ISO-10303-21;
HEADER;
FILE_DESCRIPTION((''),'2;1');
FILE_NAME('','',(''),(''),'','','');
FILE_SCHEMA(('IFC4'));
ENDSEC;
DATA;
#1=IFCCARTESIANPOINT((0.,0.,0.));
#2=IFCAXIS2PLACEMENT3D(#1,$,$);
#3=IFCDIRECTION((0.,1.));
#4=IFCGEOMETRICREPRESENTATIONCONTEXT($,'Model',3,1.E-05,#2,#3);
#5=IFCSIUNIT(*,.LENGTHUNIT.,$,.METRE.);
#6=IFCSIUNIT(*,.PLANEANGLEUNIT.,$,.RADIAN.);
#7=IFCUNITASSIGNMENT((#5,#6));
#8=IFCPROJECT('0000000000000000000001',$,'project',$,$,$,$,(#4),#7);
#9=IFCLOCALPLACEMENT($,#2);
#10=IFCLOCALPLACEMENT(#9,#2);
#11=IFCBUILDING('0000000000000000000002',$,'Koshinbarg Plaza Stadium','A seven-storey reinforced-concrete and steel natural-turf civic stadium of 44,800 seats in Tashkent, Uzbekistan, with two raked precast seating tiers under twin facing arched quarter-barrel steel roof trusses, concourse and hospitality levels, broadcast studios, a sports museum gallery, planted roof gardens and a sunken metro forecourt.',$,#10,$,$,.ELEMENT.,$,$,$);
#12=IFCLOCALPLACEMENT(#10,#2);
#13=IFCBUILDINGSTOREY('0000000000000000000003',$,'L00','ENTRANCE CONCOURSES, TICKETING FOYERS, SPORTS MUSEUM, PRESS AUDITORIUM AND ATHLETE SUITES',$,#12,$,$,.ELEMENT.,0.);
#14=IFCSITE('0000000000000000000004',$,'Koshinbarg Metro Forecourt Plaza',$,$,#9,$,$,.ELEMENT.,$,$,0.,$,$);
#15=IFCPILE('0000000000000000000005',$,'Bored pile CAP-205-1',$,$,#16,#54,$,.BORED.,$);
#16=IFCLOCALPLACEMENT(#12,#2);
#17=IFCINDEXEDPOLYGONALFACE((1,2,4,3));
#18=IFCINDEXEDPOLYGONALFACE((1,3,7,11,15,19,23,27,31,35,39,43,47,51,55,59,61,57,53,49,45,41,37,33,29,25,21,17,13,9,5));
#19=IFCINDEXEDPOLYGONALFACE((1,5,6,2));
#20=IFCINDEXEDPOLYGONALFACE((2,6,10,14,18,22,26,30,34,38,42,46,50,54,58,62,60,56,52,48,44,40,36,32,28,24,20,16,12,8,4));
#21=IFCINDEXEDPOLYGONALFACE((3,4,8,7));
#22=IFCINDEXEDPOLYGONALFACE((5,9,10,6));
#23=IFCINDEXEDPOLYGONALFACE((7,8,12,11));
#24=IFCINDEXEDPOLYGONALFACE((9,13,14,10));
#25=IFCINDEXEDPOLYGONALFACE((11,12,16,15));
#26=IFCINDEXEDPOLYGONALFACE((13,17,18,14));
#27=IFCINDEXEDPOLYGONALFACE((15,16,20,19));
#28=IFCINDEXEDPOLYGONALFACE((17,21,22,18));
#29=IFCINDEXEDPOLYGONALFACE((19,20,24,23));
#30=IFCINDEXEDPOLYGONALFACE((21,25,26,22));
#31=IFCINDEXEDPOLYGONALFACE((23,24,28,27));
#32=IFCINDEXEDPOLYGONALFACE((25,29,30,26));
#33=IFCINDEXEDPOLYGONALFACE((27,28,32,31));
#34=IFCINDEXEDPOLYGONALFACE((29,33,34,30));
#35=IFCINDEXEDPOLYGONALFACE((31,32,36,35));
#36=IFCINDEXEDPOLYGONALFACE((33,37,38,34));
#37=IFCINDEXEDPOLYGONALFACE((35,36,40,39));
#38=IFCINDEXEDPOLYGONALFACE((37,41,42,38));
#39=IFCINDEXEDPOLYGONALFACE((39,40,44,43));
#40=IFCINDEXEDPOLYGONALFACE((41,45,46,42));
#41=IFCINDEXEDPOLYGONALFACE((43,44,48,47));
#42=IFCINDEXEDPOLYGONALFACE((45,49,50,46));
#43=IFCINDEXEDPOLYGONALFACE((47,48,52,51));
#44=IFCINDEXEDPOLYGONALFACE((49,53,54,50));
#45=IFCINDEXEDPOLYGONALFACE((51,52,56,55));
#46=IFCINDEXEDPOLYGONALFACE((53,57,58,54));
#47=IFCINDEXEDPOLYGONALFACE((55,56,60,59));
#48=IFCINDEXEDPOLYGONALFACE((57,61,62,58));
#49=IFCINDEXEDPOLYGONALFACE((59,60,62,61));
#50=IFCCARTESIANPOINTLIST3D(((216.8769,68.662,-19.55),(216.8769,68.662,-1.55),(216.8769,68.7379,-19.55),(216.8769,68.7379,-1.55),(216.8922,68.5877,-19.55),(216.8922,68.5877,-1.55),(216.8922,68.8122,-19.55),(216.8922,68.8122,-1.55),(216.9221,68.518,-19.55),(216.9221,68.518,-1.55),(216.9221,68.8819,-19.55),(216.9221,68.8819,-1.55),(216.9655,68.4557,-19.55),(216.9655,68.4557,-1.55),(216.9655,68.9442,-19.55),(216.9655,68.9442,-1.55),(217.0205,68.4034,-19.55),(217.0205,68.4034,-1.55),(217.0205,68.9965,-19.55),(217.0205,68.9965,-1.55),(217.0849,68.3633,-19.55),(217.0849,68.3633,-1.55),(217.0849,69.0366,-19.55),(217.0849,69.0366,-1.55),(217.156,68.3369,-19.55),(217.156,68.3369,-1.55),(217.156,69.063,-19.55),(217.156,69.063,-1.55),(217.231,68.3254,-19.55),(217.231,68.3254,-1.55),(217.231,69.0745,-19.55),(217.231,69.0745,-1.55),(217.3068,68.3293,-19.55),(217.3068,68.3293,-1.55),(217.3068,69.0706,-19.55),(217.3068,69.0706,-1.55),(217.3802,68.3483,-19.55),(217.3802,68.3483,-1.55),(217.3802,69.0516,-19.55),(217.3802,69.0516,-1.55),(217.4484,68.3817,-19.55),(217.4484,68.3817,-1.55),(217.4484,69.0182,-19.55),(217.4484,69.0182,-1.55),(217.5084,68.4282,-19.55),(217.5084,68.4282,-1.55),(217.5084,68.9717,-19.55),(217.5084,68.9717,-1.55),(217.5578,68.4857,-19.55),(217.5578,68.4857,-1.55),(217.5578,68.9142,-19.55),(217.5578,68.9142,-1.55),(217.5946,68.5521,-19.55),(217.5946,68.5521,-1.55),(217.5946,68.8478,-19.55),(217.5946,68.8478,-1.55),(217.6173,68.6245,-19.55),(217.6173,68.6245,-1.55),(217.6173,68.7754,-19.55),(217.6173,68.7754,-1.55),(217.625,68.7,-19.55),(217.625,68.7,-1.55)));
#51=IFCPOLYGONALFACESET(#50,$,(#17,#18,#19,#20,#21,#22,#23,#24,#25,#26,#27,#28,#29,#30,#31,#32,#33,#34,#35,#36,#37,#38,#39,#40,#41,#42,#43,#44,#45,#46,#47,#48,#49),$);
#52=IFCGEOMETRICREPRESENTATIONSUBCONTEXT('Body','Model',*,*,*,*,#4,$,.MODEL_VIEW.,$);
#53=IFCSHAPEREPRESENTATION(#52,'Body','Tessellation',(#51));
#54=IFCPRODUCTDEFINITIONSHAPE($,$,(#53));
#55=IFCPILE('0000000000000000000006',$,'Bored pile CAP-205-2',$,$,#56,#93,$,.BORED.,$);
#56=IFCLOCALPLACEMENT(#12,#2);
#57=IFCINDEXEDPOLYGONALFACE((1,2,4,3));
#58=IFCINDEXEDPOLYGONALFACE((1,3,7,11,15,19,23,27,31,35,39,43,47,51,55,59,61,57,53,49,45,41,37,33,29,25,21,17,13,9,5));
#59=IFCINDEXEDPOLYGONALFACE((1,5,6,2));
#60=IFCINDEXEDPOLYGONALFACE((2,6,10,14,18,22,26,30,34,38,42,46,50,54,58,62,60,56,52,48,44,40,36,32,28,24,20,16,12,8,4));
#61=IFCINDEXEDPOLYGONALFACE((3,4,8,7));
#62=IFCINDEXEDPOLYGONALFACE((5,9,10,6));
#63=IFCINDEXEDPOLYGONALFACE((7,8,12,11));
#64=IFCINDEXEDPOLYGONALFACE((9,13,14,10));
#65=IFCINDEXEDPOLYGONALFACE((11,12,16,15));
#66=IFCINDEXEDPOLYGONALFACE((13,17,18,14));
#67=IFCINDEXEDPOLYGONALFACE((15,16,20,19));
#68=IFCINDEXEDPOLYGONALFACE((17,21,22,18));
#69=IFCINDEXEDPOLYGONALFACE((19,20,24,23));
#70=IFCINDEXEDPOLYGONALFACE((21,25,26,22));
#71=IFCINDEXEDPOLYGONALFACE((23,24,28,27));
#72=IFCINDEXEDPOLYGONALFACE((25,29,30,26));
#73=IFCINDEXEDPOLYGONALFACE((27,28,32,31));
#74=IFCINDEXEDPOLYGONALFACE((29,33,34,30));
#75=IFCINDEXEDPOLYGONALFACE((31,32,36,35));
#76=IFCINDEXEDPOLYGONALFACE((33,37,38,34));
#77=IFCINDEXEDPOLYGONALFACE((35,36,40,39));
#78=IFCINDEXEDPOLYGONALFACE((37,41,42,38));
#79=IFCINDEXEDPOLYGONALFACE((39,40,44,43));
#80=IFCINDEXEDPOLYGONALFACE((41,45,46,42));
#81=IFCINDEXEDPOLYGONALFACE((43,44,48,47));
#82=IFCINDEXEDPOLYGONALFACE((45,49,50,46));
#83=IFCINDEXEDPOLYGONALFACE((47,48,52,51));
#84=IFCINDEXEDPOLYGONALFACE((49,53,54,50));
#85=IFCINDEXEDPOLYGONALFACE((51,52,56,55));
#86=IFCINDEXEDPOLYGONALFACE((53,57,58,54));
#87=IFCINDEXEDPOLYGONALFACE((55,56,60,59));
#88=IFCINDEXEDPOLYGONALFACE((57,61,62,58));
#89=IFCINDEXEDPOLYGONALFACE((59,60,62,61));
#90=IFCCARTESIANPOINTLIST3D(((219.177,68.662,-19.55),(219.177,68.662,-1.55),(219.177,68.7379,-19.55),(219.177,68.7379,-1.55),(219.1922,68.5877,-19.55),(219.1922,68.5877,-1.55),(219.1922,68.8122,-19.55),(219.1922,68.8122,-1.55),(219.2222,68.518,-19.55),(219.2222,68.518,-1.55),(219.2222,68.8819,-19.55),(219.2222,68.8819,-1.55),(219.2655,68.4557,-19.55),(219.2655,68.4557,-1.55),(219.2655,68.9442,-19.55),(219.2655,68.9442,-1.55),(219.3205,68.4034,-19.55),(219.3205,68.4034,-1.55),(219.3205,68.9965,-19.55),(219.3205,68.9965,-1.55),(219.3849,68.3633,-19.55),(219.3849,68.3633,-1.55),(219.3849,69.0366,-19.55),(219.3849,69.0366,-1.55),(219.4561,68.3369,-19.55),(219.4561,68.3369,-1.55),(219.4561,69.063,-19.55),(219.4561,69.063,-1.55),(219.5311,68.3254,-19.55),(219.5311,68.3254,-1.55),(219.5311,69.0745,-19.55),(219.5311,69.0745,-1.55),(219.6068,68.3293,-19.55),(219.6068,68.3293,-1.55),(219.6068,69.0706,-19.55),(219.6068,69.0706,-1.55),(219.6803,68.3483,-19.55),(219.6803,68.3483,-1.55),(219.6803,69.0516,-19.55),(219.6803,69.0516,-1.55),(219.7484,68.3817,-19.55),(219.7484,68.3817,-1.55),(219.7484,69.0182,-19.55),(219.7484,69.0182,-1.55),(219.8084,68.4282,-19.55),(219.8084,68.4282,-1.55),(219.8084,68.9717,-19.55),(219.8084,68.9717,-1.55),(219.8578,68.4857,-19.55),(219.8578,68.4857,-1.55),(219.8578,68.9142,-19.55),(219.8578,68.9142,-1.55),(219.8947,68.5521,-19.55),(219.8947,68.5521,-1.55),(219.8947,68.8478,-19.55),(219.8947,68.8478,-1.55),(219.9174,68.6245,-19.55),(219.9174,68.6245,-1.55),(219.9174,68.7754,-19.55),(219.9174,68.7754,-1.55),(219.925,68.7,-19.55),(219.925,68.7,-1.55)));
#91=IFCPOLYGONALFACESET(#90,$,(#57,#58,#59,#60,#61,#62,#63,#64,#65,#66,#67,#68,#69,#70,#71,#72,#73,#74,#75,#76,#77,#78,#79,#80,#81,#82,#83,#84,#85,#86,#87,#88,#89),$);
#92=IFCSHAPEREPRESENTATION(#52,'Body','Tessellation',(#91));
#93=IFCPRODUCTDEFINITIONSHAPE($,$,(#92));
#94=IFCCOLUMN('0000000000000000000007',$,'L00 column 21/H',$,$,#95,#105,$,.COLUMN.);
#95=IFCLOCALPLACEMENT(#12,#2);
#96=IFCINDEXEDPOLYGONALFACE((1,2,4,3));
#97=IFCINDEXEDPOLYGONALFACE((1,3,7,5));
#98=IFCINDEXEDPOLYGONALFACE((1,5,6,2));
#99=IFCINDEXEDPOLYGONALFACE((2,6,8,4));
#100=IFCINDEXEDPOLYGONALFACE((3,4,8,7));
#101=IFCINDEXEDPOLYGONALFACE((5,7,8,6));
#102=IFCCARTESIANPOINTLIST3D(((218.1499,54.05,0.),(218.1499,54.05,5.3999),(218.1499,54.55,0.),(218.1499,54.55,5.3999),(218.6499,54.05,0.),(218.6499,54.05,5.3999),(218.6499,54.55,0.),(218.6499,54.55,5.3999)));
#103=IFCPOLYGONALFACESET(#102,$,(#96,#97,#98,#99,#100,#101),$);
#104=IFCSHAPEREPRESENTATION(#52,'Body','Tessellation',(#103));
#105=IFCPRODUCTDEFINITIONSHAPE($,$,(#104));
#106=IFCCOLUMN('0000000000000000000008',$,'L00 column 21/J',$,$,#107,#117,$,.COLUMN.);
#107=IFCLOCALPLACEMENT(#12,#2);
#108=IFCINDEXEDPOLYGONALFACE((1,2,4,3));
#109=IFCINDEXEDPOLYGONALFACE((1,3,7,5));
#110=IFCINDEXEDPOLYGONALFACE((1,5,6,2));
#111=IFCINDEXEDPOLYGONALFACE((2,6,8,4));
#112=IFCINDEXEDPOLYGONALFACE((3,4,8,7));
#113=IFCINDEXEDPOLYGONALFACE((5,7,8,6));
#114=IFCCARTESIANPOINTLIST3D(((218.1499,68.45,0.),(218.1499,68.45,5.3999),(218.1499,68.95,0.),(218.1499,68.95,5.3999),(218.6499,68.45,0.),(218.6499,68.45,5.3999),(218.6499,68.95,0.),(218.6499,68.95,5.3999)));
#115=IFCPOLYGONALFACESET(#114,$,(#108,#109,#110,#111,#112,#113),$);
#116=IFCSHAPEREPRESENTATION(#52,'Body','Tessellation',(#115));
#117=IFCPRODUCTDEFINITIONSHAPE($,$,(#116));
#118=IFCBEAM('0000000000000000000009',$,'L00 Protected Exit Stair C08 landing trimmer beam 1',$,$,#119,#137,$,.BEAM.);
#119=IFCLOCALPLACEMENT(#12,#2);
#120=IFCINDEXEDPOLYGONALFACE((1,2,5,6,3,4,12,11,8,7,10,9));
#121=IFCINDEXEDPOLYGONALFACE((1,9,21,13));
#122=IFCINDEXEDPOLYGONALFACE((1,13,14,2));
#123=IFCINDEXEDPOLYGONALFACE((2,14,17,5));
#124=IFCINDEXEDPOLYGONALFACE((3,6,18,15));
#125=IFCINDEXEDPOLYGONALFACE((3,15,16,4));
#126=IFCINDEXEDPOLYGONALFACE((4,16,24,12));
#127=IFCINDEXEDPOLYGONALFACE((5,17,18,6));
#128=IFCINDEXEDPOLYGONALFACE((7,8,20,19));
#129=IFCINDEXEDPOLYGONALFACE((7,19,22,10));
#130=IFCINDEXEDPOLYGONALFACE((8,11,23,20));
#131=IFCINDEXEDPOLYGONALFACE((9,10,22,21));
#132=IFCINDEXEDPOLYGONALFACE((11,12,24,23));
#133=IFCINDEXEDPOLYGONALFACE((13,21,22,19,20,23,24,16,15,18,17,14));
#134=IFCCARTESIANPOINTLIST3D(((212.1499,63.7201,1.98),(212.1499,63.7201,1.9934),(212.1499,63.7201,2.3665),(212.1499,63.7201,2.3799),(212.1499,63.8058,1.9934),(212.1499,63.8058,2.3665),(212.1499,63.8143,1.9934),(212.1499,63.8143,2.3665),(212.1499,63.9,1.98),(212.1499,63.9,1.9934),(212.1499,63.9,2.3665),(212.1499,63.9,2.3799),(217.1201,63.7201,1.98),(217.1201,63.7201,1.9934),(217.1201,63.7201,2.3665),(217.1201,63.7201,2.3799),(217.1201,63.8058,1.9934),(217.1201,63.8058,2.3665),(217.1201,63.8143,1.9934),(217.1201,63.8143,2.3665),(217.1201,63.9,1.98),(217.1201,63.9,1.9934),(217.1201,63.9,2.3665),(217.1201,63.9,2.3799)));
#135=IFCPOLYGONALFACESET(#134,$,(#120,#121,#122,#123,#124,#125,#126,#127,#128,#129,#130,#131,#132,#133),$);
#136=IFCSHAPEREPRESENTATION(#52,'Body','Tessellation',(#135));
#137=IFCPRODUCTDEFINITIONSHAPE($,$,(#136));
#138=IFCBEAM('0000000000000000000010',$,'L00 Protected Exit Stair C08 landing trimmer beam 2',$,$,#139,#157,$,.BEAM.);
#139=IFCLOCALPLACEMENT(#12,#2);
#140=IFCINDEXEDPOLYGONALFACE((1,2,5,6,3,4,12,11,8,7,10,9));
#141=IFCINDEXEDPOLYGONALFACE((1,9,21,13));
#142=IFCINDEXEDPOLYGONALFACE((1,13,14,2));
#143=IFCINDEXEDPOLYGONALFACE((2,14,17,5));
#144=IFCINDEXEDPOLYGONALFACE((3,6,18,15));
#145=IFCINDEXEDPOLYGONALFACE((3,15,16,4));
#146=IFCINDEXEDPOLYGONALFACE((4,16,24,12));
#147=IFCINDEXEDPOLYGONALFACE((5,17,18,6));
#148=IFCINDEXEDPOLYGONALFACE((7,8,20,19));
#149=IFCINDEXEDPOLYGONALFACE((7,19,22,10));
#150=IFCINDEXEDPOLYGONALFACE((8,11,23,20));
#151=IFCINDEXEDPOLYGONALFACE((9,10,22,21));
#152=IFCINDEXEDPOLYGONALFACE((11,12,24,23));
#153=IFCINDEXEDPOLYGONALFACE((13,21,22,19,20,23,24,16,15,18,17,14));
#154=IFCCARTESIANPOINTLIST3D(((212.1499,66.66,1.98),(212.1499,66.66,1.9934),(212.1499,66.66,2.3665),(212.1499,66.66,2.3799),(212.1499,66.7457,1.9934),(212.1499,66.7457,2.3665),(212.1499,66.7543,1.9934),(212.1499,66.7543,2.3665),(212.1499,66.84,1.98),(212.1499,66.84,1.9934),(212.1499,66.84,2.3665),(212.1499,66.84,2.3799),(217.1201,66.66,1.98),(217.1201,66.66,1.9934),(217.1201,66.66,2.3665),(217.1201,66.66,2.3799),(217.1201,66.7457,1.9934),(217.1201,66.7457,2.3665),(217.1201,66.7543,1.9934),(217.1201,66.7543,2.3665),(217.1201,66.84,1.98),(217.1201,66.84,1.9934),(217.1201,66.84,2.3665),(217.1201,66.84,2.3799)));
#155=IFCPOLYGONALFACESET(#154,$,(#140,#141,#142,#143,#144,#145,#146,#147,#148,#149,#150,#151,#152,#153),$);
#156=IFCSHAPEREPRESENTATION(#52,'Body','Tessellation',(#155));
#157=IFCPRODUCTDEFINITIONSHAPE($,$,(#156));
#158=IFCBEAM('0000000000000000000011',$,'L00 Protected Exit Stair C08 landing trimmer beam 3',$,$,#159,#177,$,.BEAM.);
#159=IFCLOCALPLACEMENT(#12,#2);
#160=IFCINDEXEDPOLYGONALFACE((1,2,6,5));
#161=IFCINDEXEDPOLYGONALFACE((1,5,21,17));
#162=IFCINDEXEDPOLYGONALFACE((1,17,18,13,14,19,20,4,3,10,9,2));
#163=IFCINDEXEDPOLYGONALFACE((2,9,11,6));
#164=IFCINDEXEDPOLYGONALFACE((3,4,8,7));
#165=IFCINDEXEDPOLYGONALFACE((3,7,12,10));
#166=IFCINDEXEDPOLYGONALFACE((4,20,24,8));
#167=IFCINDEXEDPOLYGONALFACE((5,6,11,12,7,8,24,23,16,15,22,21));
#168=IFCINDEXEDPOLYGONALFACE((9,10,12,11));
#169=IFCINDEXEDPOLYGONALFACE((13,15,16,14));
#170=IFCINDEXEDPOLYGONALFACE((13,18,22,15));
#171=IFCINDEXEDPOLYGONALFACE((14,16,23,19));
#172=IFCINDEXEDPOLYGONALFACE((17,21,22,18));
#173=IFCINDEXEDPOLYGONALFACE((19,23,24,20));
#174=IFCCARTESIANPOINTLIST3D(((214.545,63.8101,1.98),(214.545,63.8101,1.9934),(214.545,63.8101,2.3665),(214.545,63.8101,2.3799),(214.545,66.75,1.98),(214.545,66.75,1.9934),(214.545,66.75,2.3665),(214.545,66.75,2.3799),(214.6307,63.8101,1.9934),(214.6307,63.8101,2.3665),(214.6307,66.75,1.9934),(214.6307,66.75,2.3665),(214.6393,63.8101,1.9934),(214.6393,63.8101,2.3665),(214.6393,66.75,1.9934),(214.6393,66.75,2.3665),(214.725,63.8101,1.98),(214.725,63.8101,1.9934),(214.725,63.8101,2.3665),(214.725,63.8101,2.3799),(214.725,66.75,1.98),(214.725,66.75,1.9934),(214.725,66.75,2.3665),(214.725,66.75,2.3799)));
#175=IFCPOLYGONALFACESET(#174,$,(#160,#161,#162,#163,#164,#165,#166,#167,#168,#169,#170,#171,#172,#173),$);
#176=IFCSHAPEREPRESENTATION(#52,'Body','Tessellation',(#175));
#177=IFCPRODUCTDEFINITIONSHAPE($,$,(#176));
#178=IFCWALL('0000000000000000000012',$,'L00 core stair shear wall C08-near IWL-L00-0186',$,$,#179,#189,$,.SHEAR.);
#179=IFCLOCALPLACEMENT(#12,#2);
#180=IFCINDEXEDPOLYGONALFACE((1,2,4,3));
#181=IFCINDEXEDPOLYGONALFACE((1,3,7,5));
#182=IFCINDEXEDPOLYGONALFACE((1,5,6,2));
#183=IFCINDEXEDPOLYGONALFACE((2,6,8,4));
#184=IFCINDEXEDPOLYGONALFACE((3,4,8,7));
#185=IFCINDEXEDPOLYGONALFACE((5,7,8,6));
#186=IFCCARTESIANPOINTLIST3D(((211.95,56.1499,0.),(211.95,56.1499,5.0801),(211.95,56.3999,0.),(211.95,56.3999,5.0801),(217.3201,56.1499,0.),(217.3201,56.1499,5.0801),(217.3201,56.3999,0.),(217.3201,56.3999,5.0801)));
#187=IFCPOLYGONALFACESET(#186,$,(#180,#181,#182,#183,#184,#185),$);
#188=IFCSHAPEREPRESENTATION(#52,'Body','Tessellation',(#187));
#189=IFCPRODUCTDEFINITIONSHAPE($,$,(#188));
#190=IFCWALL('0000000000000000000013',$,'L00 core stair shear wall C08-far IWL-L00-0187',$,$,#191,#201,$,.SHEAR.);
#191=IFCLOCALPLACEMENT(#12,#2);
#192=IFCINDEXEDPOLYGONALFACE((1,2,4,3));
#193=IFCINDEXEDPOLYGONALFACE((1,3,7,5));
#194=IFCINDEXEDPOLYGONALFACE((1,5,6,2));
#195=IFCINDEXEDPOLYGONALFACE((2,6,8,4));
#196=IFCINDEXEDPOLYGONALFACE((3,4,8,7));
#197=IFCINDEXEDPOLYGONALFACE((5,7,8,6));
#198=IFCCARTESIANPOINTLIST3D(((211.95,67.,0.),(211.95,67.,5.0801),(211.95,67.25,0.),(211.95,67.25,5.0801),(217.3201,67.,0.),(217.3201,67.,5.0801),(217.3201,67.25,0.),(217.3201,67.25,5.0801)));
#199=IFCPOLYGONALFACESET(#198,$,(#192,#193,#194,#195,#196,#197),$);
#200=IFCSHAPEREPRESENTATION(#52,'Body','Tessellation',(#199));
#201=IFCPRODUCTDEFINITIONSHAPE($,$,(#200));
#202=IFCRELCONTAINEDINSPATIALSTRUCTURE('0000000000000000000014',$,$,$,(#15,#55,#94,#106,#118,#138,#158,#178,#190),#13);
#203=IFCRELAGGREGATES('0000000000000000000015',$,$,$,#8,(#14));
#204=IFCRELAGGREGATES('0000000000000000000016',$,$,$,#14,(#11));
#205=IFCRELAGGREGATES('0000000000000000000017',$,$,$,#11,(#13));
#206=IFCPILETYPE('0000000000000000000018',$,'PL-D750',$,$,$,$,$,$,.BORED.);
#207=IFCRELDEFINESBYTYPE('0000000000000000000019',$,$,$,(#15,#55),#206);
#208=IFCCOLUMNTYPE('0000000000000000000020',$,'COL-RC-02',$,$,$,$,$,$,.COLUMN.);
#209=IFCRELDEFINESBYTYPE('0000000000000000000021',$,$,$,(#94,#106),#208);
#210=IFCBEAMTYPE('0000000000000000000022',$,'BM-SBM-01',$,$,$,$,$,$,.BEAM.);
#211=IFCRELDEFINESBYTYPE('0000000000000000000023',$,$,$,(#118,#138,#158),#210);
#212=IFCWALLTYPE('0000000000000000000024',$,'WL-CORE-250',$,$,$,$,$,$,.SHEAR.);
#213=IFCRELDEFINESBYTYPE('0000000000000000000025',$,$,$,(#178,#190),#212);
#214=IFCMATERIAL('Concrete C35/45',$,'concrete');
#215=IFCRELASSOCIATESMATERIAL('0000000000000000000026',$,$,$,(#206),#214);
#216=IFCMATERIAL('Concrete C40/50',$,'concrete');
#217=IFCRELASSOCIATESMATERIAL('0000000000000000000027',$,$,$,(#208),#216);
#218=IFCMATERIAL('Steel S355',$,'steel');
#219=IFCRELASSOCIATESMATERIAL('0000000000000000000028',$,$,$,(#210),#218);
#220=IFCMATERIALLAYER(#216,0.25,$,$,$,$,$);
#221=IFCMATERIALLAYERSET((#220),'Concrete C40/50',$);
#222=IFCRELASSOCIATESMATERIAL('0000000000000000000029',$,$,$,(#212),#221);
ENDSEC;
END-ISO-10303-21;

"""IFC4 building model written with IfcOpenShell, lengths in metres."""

from ifc_helpers import new_model, si_unit, direction, frame, frame_2d, origin, origin_2d, place, context, subcontext, project, spatial, rectangle, circle, i_section, extrude, material, layer, layer_set, material_profile, profile_set, type_object, element, save


model = new_model("IFC4")

# Units and contexts
model_context = context("Model", 3, precision=1e-05, world=origin(), true_north=direction((0.0, 1.0)))
body_context = subcontext(model_context, "Body", "Model", "MODEL_VIEW")
ifc_project = project(units=[si_unit("LENGTHUNIT", "METRE"), si_unit("PLANEANGLEUNIT", "RADIAN")], contexts=[model_context])

# Site, building, storey
site_placement = place(None, origin())
site = spatial("IfcSite", under=ifc_project, at=site_placement, Name="Koshinbarg Metro Forecourt Plaza", CompositionType="ELEMENT", RefElevation=0.0)
building_placement = place(site_placement, origin())
building = spatial("IfcBuilding", under=site, at=building_placement, Name="Koshinbarg Plaza Stadium", Description="A seven-storey reinforced-concrete and steel natural-turf civic stadium of 44,800 seats in Tashkent, Uzbekistan, with two raked precast seating tiers under twin facing arched quarter-barrel steel roof trusses, concourse and hospitality levels, broadcast studios, a sports museum gallery, planted roof gardens and a sunken metro forecourt.", CompositionType="ELEMENT")
storey_placement = place(building_placement, origin())
storey = spatial("IfcBuildingStorey", under=building, at=storey_placement, Name="L00", Description="ENTRANCE CONCOURSES, TICKETING FOYERS, SPORTS MUSEUM, PRESS AUDITORIUM AND ATHLETE SUITES", CompositionType="ELEMENT", Elevation=0.0)

# Shared definitions
ifc_material_1 = material(Name="Concrete C35/45", Category="concrete")

# Piles
ifc_material_profile_1 = material_profile(ifc_material_1, circle(Radius=0.375, at=origin_2d()), Name="PILE D750")
ifc_profile_set_1 = profile_set([ifc_material_profile_1], Name="Concrete C35/45")
pile_type_1 = type_object("IfcPileType", Name="PL-D750", PredefinedType="BORED", material=ifc_profile_set_1)
for number, where, z_axis, x_axis, name in (
    (1, (217.25, 68.7, -1.55), (0.0, 0.0, -1.0), (1.0, 0.0, 0.0), "Bored pile CAP-205-1"),
    (2, (219.55, 68.7, -1.55), (0.0, 0.0, -1.0), (1.0, 0.0, 0.0), "Bored pile CAP-205-2"),
):
    element("IfcPile", number, at=place(storey_placement, frame(where, z_axis=z_axis, x_axis=x_axis)), inside=storey, type_object=pile_type_1, Name=name, PredefinedType="BORED", context=body_context, shape_type="SweptSolid", body=[
        extrude(circle(Radius=0.375, at=origin_2d()), origin(), (0.0, 0.0, 1.0), 18.0),
    ])

# Columns
ifc_material_2 = material(Name="Concrete C40/50", Category="concrete")
ifc_material_profile_2 = material_profile(ifc_material_2, rectangle(XDim=0.5, YDim=0.5, at=origin_2d()), Name="RC 500x500")
ifc_profile_set_2 = profile_set([ifc_material_profile_2], Name="Concrete C40/50")
column_type = type_object("IfcColumnType", Name="COL-RC-02", PredefinedType="COLUMN", material=ifc_profile_set_2)
for number, where, z_axis, x_axis, name in (
    (3, (218.3999, 54.3, 0.0), (0.0, 0.0, 1.0), (1.0, 0.0, 0.0), "L00 column 21/H"),
    (4, (218.3999, 68.7, 0.0), (0.0, 0.0, 1.0), (1.0, 0.0, 0.0), "L00 column 21/J"),
):
    element("IfcColumn", number, at=place(storey_placement, frame(where, z_axis=z_axis, x_axis=x_axis)), inside=storey, type_object=column_type, Name=name, PredefinedType="COLUMN", context=body_context, shape_type="SweptSolid", body=[
        extrude(rectangle(XDim=0.5, YDim=0.5, at=origin_2d()), origin(), (0.0, 0.0, 1.0), 5.3999),
    ])

# Beams
ifc_material_3 = material(Name="Steel S355", Category="steel")
ifc_material_profile_3 = material_profile(ifc_material_3, i_section(OverallWidth=0.1799, OverallDepth=0.3999, WebThickness=0.0085, FlangeThickness=0.0134, at=origin_2d()), Name="IPE 400")
ifc_profile_set_3 = profile_set([ifc_material_profile_3], Name="Steel S355")
beam_type = type_object("IfcBeamType", Name="BM-SBM-01", PredefinedType="BEAM", material=ifc_profile_set_3)
for number, where, z_axis, x_axis, name in (
    (5, (212.1499, 63.8101, 2.1799), (1.0, 0.0, 0.0), (0.0, 1.0, 0.0), "L00 Protected Exit Stair C08 landing trimmer beam 1"),
    (6, (212.1499, 66.75, 2.1799), (1.0, 0.0, 0.0), (0.0, 1.0, 0.0), "L00 Protected Exit Stair C08 landing trimmer beam 2"),
):
    element("IfcBeam", number, at=place(storey_placement, frame(where, z_axis=z_axis, x_axis=x_axis)), inside=storey, type_object=beam_type, Name=name, PredefinedType="BEAM", context=body_context, shape_type="SweptSolid", body=[
        extrude(i_section(OverallWidth=0.1799, OverallDepth=0.3999, WebThickness=0.0085, FlangeThickness=0.0134, at=origin_2d()), origin(), (0.0, 0.0, 1.0), 4.9702),
    ])
beam_placement = place(storey_placement, frame((214.635, 63.8101, 2.1799), z_axis=(0.0, 1.0, 0.0), x_axis=(-1.0, 0.0, 0.0)))
element("IfcBeam", 7, at=beam_placement, inside=storey, type_object=beam_type, Name="L00 Protected Exit Stair C08 landing trimmer beam 3", PredefinedType="BEAM", context=body_context, shape_type="SweptSolid", body=[
    extrude(i_section(OverallWidth=0.1799, OverallDepth=0.3999, WebThickness=0.0085, FlangeThickness=0.0134, at=origin_2d()), origin(), (0.0, 0.0, 1.0), 2.9399),
])

# Walls
ifc_layer_1 = layer(ifc_material_2, 0.25)
ifc_layer_set_1 = layer_set([ifc_layer_1], Name="Concrete C40/50")
wall_type_1 = type_object("IfcWallType", Name="WL-CORE-250", PredefinedType="SHEAR", material=ifc_layer_set_1)
for number, where, z_axis, x_axis, name in (
    (8, (211.95, 56.2749, 0.0), (0.0, 0.0, 1.0), (1.0, 0.0, 0.0), "L00 core stair shear wall C08-near IWL-L00-0186"),
    (9, (217.3201, 67.125, 0.0), (0.0, 0.0, 1.0), (-1.0, 0.0, 0.0), "L00 core stair shear wall C08-far IWL-L00-0187"),
):
    element("IfcWall", number, at=place(storey_placement, frame(where, z_axis=z_axis, x_axis=x_axis)), inside=storey, type_object=wall_type_1, Name=name, PredefinedType="SHEAR", context=body_context, shape_type="SweptSolid", body=[
        extrude(rectangle(XDim=5.3701, YDim=0.25, at=frame_2d((2.6851, 0.0))), origin(), (0.0, 0.0, 1.0), 5.0801),
    ])

save(model, "model.ifc")
